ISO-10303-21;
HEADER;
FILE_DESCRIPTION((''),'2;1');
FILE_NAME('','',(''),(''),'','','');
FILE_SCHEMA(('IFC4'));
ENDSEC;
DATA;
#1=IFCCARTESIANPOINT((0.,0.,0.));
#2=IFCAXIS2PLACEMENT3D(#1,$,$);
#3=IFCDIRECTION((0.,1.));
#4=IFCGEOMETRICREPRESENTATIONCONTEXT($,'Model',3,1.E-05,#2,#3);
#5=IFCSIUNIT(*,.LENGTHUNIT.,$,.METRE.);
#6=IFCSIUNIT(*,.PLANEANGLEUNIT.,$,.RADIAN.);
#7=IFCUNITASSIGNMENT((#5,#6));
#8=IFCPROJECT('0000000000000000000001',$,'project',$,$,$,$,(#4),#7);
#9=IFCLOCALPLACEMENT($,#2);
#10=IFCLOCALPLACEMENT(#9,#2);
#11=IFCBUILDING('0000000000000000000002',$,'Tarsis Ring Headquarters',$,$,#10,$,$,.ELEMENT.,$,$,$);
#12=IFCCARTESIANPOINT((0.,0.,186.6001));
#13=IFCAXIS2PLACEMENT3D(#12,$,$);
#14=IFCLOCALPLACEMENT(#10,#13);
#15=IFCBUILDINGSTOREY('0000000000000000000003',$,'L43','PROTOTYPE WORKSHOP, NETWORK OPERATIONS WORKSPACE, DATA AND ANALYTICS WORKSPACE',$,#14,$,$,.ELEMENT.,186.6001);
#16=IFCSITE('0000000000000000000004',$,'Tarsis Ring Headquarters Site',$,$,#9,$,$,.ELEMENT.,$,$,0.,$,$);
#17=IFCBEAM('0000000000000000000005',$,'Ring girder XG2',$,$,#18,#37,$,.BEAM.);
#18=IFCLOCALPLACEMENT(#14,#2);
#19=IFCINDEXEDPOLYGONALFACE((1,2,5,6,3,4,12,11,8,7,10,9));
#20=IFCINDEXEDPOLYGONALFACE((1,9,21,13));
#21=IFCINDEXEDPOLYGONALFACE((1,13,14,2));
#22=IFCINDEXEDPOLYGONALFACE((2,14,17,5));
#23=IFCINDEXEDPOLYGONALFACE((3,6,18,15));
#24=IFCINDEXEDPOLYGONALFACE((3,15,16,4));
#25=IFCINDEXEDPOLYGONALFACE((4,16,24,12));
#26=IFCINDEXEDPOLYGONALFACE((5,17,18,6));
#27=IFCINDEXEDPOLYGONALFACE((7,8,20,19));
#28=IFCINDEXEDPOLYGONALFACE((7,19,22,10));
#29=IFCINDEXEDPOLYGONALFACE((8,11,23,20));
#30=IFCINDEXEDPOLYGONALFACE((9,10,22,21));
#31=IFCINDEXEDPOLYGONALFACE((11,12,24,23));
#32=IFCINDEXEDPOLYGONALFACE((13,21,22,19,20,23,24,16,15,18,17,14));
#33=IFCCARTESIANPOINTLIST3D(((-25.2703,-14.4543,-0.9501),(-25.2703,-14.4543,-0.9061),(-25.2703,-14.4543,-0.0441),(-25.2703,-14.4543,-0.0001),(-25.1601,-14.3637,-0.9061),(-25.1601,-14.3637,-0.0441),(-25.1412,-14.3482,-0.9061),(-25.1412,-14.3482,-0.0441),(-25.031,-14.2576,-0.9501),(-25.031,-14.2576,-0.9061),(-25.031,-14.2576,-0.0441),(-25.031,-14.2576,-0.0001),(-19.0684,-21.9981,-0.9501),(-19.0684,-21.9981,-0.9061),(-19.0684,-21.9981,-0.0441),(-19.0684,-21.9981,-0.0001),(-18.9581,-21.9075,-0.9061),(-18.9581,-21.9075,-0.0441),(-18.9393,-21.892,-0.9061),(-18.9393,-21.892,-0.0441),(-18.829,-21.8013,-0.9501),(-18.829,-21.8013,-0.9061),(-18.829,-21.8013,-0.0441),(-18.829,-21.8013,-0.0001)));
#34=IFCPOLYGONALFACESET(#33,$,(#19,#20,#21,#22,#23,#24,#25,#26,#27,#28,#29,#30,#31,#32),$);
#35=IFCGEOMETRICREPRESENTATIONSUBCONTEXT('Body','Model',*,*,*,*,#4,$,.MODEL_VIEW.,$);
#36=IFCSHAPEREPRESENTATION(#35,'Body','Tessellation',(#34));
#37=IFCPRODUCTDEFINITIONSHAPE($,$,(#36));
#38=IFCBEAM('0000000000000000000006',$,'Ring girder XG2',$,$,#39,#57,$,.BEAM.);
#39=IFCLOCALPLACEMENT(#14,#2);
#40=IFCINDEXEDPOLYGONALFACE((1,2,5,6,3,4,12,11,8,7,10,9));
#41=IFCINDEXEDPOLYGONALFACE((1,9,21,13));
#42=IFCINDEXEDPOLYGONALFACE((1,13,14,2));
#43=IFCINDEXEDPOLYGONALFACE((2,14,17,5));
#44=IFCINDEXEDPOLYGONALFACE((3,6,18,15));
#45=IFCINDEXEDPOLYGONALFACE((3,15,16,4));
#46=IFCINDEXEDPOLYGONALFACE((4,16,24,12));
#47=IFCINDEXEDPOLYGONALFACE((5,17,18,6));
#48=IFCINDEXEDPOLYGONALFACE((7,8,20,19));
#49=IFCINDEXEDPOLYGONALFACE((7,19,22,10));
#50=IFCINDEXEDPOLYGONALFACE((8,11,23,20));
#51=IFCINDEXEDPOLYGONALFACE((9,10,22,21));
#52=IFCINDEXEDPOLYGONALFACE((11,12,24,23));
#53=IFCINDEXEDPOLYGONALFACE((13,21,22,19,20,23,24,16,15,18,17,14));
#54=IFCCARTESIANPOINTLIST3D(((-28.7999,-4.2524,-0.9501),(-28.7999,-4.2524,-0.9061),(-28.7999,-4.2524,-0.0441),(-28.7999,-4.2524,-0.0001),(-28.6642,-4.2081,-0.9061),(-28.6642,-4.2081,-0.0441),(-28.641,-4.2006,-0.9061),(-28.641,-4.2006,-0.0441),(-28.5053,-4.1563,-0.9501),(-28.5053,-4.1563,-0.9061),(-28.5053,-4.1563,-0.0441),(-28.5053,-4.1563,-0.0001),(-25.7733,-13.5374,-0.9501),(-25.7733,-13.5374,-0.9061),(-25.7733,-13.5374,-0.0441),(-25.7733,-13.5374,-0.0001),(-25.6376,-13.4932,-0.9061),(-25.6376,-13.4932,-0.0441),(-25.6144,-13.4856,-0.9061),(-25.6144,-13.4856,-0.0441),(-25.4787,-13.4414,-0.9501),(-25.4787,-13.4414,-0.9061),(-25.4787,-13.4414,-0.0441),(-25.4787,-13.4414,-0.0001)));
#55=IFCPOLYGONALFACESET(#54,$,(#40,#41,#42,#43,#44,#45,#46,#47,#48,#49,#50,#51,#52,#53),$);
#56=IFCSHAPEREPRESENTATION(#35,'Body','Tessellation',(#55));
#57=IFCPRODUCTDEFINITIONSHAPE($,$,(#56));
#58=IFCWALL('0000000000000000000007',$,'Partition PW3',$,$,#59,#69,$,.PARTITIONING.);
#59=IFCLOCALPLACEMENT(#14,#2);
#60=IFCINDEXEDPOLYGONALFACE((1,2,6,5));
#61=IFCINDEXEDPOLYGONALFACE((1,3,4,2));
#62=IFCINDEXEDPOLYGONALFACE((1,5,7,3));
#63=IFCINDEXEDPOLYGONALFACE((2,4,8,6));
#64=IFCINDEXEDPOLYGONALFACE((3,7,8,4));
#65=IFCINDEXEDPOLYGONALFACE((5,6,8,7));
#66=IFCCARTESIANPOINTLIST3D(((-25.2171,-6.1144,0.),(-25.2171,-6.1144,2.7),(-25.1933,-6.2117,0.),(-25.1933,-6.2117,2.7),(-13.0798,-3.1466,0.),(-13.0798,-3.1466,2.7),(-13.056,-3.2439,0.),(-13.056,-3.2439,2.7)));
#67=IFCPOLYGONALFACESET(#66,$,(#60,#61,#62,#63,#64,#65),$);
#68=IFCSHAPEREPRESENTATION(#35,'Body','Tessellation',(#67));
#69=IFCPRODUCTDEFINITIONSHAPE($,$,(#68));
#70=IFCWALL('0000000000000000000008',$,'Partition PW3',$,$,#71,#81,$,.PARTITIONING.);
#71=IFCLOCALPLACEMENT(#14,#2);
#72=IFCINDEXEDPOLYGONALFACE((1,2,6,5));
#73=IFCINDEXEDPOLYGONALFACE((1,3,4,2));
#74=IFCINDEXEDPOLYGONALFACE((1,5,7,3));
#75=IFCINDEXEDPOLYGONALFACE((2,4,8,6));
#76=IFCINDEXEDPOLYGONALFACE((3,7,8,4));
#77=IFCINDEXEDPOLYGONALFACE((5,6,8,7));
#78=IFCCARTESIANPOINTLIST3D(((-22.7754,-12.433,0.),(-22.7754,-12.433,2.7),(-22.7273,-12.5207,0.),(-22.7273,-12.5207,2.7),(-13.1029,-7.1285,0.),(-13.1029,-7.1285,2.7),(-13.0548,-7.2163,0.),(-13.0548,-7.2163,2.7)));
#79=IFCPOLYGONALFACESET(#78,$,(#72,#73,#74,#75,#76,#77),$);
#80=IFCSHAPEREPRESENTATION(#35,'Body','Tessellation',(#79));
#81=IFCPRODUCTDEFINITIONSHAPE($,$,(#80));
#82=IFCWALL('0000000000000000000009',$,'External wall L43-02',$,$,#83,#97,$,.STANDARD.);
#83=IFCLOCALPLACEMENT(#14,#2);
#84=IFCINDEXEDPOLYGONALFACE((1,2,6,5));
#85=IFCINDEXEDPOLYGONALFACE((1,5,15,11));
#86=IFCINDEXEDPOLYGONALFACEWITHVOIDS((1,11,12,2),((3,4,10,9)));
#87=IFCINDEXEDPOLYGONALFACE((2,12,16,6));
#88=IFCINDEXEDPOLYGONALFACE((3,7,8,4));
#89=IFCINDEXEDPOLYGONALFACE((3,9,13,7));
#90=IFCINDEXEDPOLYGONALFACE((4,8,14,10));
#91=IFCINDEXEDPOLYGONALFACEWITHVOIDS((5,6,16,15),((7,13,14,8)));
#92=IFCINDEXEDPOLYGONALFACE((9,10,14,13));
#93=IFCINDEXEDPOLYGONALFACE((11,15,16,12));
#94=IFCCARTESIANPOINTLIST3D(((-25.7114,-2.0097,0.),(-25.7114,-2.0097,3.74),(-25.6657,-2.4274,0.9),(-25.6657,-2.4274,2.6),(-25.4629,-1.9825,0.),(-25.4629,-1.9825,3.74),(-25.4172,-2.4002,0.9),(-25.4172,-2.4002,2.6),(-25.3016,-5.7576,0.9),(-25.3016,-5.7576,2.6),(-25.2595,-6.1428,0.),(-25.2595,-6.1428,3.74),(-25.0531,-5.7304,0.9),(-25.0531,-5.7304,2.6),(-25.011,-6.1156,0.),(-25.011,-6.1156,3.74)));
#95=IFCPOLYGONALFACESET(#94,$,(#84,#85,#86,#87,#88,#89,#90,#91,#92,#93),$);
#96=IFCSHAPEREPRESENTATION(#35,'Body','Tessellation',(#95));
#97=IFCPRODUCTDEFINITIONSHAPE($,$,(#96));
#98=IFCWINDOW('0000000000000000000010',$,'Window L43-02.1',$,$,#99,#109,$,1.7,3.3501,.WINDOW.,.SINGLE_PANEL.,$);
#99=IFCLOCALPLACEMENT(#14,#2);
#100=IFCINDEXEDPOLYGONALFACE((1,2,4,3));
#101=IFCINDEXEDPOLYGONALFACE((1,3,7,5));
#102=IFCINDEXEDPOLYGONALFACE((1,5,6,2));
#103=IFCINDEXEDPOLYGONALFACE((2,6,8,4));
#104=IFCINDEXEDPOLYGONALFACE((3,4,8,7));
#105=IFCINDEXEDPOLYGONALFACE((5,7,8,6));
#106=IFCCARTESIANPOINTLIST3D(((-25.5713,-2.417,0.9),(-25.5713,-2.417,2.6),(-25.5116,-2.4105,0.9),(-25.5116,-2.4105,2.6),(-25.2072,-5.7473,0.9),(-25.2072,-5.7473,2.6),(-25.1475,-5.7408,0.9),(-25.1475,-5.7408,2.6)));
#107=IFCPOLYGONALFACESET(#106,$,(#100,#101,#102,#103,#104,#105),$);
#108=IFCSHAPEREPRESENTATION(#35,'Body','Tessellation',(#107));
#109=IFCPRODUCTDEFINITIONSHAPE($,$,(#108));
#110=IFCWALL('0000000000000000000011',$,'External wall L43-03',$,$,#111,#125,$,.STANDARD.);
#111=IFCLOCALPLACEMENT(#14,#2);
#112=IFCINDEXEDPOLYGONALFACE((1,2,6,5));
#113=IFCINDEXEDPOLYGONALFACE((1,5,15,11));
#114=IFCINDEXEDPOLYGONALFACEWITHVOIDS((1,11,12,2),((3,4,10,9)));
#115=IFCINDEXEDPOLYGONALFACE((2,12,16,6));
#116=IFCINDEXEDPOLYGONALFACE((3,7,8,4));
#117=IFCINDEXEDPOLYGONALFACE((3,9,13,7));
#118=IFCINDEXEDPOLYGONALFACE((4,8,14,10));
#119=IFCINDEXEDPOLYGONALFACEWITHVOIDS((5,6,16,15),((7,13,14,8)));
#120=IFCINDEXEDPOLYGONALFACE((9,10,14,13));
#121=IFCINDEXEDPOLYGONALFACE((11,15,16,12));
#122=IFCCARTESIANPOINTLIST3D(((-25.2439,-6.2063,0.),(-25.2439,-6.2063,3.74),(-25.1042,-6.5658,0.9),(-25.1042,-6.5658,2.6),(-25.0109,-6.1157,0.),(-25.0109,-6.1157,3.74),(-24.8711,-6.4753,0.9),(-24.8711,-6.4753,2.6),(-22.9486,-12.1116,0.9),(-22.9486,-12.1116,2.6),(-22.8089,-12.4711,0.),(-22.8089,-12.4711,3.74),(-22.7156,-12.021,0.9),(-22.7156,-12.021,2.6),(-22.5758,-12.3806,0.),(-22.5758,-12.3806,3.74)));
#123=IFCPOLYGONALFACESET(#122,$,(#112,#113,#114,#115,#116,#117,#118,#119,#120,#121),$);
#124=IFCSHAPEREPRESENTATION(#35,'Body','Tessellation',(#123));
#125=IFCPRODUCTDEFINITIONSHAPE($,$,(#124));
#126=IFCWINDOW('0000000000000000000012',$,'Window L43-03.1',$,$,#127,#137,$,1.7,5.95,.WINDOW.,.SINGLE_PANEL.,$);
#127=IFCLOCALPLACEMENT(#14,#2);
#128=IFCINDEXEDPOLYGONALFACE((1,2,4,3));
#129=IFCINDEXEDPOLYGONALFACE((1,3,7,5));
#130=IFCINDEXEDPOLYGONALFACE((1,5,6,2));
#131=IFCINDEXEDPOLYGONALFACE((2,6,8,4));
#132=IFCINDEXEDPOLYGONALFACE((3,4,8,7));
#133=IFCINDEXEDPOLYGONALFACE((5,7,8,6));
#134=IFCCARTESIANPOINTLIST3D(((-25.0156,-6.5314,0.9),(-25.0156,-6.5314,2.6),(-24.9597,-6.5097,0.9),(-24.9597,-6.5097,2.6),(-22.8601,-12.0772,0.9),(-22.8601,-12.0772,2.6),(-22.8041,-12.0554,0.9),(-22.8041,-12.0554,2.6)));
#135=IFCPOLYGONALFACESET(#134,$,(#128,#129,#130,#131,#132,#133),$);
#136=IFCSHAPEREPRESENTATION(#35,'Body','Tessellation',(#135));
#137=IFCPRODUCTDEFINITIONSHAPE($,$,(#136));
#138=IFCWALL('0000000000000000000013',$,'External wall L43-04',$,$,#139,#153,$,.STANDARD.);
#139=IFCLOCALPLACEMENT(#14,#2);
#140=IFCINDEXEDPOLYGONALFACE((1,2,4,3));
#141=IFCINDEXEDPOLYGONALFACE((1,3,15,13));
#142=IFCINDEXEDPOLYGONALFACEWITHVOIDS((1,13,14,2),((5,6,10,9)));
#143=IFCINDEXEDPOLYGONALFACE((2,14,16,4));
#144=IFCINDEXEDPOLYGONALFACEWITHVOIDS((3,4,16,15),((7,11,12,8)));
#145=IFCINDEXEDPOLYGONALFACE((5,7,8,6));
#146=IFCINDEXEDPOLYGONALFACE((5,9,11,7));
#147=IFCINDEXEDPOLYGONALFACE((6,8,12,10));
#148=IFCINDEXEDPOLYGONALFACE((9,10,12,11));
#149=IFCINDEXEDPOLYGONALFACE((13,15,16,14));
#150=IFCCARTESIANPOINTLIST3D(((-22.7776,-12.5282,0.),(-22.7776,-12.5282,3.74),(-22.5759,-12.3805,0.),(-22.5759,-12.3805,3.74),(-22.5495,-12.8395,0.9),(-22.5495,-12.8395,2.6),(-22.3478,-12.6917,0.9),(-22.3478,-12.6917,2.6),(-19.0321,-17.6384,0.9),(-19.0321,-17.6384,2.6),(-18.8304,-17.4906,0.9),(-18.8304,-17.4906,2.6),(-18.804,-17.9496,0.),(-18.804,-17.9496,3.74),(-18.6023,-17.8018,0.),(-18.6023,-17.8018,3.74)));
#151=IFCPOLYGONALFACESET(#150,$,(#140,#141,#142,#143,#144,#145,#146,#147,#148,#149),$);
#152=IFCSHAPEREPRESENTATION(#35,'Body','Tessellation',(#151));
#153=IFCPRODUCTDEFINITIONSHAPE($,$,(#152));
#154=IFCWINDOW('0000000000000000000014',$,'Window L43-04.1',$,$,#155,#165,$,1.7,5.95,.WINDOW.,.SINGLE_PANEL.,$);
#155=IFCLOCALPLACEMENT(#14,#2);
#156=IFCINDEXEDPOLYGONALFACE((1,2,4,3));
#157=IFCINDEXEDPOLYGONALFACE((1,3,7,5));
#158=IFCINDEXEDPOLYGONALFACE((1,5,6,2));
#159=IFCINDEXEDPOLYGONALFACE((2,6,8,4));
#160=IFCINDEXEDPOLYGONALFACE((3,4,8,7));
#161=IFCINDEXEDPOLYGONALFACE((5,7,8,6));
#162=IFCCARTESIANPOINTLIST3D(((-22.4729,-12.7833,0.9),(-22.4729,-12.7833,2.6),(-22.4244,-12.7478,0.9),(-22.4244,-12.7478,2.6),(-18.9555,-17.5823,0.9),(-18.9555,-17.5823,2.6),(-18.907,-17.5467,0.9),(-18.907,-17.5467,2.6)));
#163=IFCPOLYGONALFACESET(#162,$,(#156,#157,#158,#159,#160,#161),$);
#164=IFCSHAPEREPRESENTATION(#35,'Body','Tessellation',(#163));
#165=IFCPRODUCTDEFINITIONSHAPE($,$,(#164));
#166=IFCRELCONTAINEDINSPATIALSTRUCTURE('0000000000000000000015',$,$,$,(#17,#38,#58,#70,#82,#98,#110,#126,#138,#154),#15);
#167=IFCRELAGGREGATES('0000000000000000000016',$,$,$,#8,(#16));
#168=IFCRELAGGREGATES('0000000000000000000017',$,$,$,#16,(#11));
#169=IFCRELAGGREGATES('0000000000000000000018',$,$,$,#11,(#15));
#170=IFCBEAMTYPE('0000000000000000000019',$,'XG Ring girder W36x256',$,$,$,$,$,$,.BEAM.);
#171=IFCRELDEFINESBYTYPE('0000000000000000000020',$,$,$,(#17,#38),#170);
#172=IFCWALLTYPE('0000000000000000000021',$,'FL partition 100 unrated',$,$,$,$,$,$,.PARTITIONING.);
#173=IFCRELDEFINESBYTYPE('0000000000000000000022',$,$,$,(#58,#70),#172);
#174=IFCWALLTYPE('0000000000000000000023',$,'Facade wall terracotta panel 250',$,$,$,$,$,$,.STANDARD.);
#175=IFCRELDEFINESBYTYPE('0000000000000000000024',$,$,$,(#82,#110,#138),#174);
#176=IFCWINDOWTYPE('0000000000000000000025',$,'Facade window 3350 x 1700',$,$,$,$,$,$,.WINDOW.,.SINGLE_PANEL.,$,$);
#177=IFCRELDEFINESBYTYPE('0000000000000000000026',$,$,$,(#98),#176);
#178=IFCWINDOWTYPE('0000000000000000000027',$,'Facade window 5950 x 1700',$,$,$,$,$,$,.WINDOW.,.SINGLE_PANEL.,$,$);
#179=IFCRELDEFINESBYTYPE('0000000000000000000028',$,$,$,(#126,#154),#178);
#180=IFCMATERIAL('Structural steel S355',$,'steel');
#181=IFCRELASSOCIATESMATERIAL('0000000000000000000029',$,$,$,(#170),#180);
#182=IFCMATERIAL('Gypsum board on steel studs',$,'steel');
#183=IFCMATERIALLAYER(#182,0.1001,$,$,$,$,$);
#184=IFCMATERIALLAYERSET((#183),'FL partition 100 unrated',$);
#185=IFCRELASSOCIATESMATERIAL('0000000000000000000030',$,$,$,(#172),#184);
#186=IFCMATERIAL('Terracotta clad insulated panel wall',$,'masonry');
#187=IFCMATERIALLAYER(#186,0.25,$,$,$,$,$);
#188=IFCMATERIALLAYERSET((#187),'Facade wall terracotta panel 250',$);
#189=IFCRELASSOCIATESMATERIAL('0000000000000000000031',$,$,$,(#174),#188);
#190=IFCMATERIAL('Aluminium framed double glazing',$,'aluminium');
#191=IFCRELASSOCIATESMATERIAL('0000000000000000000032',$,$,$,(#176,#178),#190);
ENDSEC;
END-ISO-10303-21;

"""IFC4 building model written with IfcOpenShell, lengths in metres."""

from ifc_helpers import new_model, si_unit, direction, frame, frame_2d, origin, origin_2d, place, context, subcontext, project, spatial, rectangle, i_section, extrude, material, layer, layer_set, material_profile, profile_set, type_object, element, fill, save


model = new_model("IFC4")

# Units and contexts
model_context = context("Model", 3, precision=1e-05, world=origin(), true_north=direction((0.0, 1.0)))
body_context = subcontext(model_context, "Body", "Model", "MODEL_VIEW")
ifc_project = project(units=[si_unit("LENGTHUNIT", "METRE"), si_unit("PLANEANGLEUNIT", "RADIAN")], contexts=[model_context])

# Site, building, storey
site_placement = place(None, origin())
site = spatial("IfcSite", under=ifc_project, at=site_placement, Name="Tarsis Ring Headquarters Site", CompositionType="ELEMENT", RefElevation=0.0)
building_placement = place(site_placement, origin())
building = spatial("IfcBuilding", under=site, at=building_placement, Name="Tarsis Ring Headquarters", CompositionType="ELEMENT")
storey_placement = place(building_placement, frame((0.0, 0.0, 186.6001)))
storey = spatial("IfcBuildingStorey", under=building, at=storey_placement, Name="L43", Description="PROTOTYPE WORKSHOP, NETWORK OPERATIONS WORKSPACE, DATA AND ANALYTICS WORKSPACE", CompositionType="ELEMENT", Elevation=186.6001)

# Shared definitions
ifc_material_1 = material(Name="Structural steel S355", Category="steel")

# Beams
ifc_material_profile_1 = material_profile(ifc_material_1, i_section(OverallWidth=0.3098, OverallDepth=0.95, WebThickness=0.0244, FlangeThickness=0.0439, at=origin_2d()), Name="W36x256")
ifc_profile_set_1 = profile_set([ifc_material_profile_1], Name="Structural steel S355")
beam_type_1 = type_object("IfcBeamType", Name="XG Ring girder W36x256", PredefinedType="BEAM", material=ifc_profile_set_1)
for number, where, z_axis, x_axis, name in (
    (1, (-25.1506, -14.356, -0.4751), (0.635063, -0.77246, 0.0), (0.77246, 0.635063, 0.0), "Ring girder XG2"),
    (2, (-28.6526, -4.2043, -0.4751), (0.309914, -0.950765, 0.0), (0.950765, 0.309914, 0.0), "Ring girder XG2"),
):
    element("IfcBeam", number, at=place(storey_placement, frame(where, z_axis=z_axis, x_axis=x_axis)), inside=storey, type_object=beam_type_1, Name=name, PredefinedType="BEAM", context=body_context, shape_type="SweptSolid", body=[
        extrude(i_section(OverallWidth=0.3098, OverallDepth=0.95, WebThickness=0.0244, FlangeThickness=0.0439, at=origin_2d()), origin(), (0.0, 0.0, 1.0), 9.7659),
    ])

# Walls
ifc_material_2 = material(Name="Gypsum board on steel studs", Category="steel")
ifc_layer_1 = layer(ifc_material_2, 0.1001)
ifc_layer_set_1 = layer_set([ifc_layer_1], Name="FL partition 100 unrated")
wall_type_1 = type_object("IfcWallType", Name="FL partition 100 unrated", PredefinedType="PARTITIONING", material=ifc_layer_set_1)
wall_1_placement = place(storey_placement, frame((-25.2053, -6.1631, 0.0), z_axis=(0.0, 0.0, 1.0), x_axis=(0.971382, 0.237521, 0.0)))
element("IfcWall", 3, at=wall_1_placement, inside=storey, type_object=wall_type_1, Name="Partition PW3", PredefinedType="PARTITIONING", context=body_context, shape_type="SweptSolid", body=[
    extrude(rectangle(XDim=12.4949, YDim=0.1001, at=frame_2d((6.2476, 0.0))), origin(), (0.0, 0.0, 1.0), 2.7),
])
wall_2_placement = place(storey_placement, frame((-22.7512, -12.4768, 0.0), z_axis=(0.0, 0.0, 1.0), x_axis=(0.876803, 0.48085, 0.0)))
element("IfcWall", 4, at=wall_2_placement, inside=storey, type_object=wall_type_1, Name="Partition PW3", PredefinedType="PARTITIONING", context=body_context, shape_type="SweptSolid", body=[
    extrude(rectangle(XDim=11.0315, YDim=0.1001, at=frame_2d((5.5156, 0.0))), origin(), (0.0, 0.0, 1.0), 2.7),
])

# Walls, openings, windows
ifc_material_3 = material(Name="Terracotta clad insulated panel wall", Category="masonry")
ifc_layer_2 = layer(ifc_material_3, 0.25)
ifc_layer_set_2 = layer_set([ifc_layer_2], Name="Facade wall terracotta panel 250")
wall_type_2 = type_object("IfcWallType", Name="Facade wall terracotta panel 250", PredefinedType="STANDARD", material=ifc_layer_set_2)
wall_3_placement = place(storey_placement, frame((-25.5872, -1.9961, 0.0), z_axis=(0.0, 0.0, 1.0), x_axis=(0.108691, -0.994076, 0.0)))
wall_3 = element("IfcWall", 5, at=wall_3_placement, inside=storey, type_object=wall_type_2, Name="External wall L43-02", PredefinedType="STANDARD", context=body_context, shape_type="SweptSolid", body=[
    extrude(rectangle(XDim=4.1577, YDim=0.25, at=frame_2d((2.0789, 0.0))), origin(), (0.0, 0.0, 1.0), 3.74),
])
opening_1_placement = place(wall_3_placement, frame((0.4202, 0.0, 0.8999)))
opening_1 = element("IfcOpeningElement", 6, at=opening_1_placement, cuts=wall_3, PredefinedType="OPENING", context=body_context, shape_type="SweptSolid", body=[
    extrude(rectangle(XDim=3.3501, YDim=1.7, at=frame_2d((1.675, 0.8501))), frame((0.0, 0.135, 0.0), z_axis=(0.0, -1.0, 0.0), x_axis=(1.0, 0.0, 0.0)), (0.0, 0.0, 1.0), 0.27),
])
ifc_material_4 = material(Name="Aluminium framed double glazing", Category="aluminium")
window_type_1 = type_object("IfcWindowType", Name="Facade window 3350 x 1700", PartitioningType="SINGLE_PANEL", PredefinedType="WINDOW", material=ifc_material_4)
window_1_placement = place(opening_1_placement, origin())
window_1 = element("IfcWindow", 7, at=window_1_placement, inside=storey, type_object=window_type_1, Name="Window L43-02.1", OverallHeight=1.7, OverallWidth=3.3501, PartitioningType="SINGLE_PANEL", PredefinedType="WINDOW", context=body_context, shape_type="SweptSolid", body=[
    extrude(rectangle(XDim=3.3501, YDim=1.7, at=frame_2d((1.675, 0.8501))), frame((0.0, 0.03, 0.0), z_axis=(0.0, -1.0, 0.0), x_axis=(1.0, 0.0, 0.0)), (0.0, 0.0, 1.0), 0.0601),
])
fill(opening_1, window_1)
wall_4_placement = place(storey_placement, frame((-25.1274, -6.1609, 0.0), z_axis=(0.0, 0.0, 1.0), x_axis=(0.36228, -0.932069, 0.0)))
wall_4 = element("IfcWall", 8, at=wall_4_placement, inside=storey, type_object=wall_type_2, Name="External wall L43-03", PredefinedType="STANDARD", context=body_context, shape_type="SweptSolid", body=[
    extrude(rectangle(XDim=6.7214, YDim=0.25, at=frame_2d((3.3608, 0.0))), origin(), (0.0, 0.0, 1.0), 3.74),
])
opening_2_placement = place(wall_4_placement, frame((0.3857, 0.0, 0.8999)))
opening_2 = element("IfcOpeningElement", 9, at=opening_2_placement, cuts=wall_4, PredefinedType="OPENING", context=body_context, shape_type="SweptSolid", body=[
    extrude(rectangle(XDim=5.95, YDim=1.7, at=frame_2d((2.9751, 0.8501))), frame((0.0, 0.135, 0.0), z_axis=(0.0, -1.0, 0.0), x_axis=(1.0, 0.0, 0.0)), (0.0, 0.0, 1.0), 0.27),
])
window_type_2 = type_object("IfcWindowType", Name="Facade window 5950 x 1700", PartitioningType="SINGLE_PANEL", PredefinedType="WINDOW", material=ifc_material_4)
window_2_placement = place(opening_2_placement, origin())
window_2 = element("IfcWindow", 10, at=window_2_placement, inside=storey, type_object=window_type_2, Name="Window L43-03.1", OverallHeight=1.7, OverallWidth=5.95, PartitioningType="SINGLE_PANEL", PredefinedType="WINDOW", context=body_context, shape_type="SweptSolid", body=[
    extrude(rectangle(XDim=5.95, YDim=1.7, at=frame_2d((2.9751, 0.8501))), frame((0.0, 0.03, 0.0), z_axis=(0.0, -1.0, 0.0), x_axis=(1.0, 0.0, 0.0)), (0.0, 0.0, 1.0), 0.0601),
])
fill(opening_2, window_2)
wall_5_placement = place(storey_placement, frame((-22.6768, -12.4543, 0.0), z_axis=(0.0, 0.0, 1.0), x_axis=(0.591165, -0.80655, 0.0)))
wall_5 = element("IfcWall", 11, at=wall_5_placement, inside=storey, type_object=wall_type_2, Name="External wall L43-04", PredefinedType="STANDARD", context=body_context, shape_type="SweptSolid", body=[
    extrude(rectangle(XDim=6.7217, YDim=0.25, at=frame_2d((3.3608, 0.0))), origin(), (0.0, 0.0, 1.0), 3.74),
])
opening_3_placement = place(wall_5_placement, frame((0.3857, 0.0, 0.8999)))
opening_3 = element("IfcOpeningElement", 12, at=opening_3_placement, cuts=wall_5, PredefinedType="OPENING", context=body_context, shape_type="SweptSolid", body=[
    extrude(rectangle(XDim=5.95, YDim=1.7, at=frame_2d((2.9751, 0.8501))), frame((0.0, 0.135, 0.0), z_axis=(0.0, -1.0, 0.0), x_axis=(1.0, 0.0, 0.0)), (0.0, 0.0, 1.0), 0.27),
])
window_3_placement = place(opening_3_placement, origin())
window_3 = element("IfcWindow", 13, at=window_3_placement, inside=storey, type_object=window_type_2, Name="Window L43-04.1", OverallHeight=1.7, OverallWidth=5.95, PartitioningType="SINGLE_PANEL", PredefinedType="WINDOW", context=body_context, shape_type="SweptSolid", body=[
    extrude(rectangle(XDim=5.95, YDim=1.7, at=frame_2d((2.9751, 0.8501))), frame((0.0, 0.03, 0.0), z_axis=(0.0, -1.0, 0.0), x_axis=(1.0, 0.0, 0.0)), (0.0, 0.0, 1.0), 0.0601),
])
fill(opening_3, window_3)

save(model, "model.ifc")
